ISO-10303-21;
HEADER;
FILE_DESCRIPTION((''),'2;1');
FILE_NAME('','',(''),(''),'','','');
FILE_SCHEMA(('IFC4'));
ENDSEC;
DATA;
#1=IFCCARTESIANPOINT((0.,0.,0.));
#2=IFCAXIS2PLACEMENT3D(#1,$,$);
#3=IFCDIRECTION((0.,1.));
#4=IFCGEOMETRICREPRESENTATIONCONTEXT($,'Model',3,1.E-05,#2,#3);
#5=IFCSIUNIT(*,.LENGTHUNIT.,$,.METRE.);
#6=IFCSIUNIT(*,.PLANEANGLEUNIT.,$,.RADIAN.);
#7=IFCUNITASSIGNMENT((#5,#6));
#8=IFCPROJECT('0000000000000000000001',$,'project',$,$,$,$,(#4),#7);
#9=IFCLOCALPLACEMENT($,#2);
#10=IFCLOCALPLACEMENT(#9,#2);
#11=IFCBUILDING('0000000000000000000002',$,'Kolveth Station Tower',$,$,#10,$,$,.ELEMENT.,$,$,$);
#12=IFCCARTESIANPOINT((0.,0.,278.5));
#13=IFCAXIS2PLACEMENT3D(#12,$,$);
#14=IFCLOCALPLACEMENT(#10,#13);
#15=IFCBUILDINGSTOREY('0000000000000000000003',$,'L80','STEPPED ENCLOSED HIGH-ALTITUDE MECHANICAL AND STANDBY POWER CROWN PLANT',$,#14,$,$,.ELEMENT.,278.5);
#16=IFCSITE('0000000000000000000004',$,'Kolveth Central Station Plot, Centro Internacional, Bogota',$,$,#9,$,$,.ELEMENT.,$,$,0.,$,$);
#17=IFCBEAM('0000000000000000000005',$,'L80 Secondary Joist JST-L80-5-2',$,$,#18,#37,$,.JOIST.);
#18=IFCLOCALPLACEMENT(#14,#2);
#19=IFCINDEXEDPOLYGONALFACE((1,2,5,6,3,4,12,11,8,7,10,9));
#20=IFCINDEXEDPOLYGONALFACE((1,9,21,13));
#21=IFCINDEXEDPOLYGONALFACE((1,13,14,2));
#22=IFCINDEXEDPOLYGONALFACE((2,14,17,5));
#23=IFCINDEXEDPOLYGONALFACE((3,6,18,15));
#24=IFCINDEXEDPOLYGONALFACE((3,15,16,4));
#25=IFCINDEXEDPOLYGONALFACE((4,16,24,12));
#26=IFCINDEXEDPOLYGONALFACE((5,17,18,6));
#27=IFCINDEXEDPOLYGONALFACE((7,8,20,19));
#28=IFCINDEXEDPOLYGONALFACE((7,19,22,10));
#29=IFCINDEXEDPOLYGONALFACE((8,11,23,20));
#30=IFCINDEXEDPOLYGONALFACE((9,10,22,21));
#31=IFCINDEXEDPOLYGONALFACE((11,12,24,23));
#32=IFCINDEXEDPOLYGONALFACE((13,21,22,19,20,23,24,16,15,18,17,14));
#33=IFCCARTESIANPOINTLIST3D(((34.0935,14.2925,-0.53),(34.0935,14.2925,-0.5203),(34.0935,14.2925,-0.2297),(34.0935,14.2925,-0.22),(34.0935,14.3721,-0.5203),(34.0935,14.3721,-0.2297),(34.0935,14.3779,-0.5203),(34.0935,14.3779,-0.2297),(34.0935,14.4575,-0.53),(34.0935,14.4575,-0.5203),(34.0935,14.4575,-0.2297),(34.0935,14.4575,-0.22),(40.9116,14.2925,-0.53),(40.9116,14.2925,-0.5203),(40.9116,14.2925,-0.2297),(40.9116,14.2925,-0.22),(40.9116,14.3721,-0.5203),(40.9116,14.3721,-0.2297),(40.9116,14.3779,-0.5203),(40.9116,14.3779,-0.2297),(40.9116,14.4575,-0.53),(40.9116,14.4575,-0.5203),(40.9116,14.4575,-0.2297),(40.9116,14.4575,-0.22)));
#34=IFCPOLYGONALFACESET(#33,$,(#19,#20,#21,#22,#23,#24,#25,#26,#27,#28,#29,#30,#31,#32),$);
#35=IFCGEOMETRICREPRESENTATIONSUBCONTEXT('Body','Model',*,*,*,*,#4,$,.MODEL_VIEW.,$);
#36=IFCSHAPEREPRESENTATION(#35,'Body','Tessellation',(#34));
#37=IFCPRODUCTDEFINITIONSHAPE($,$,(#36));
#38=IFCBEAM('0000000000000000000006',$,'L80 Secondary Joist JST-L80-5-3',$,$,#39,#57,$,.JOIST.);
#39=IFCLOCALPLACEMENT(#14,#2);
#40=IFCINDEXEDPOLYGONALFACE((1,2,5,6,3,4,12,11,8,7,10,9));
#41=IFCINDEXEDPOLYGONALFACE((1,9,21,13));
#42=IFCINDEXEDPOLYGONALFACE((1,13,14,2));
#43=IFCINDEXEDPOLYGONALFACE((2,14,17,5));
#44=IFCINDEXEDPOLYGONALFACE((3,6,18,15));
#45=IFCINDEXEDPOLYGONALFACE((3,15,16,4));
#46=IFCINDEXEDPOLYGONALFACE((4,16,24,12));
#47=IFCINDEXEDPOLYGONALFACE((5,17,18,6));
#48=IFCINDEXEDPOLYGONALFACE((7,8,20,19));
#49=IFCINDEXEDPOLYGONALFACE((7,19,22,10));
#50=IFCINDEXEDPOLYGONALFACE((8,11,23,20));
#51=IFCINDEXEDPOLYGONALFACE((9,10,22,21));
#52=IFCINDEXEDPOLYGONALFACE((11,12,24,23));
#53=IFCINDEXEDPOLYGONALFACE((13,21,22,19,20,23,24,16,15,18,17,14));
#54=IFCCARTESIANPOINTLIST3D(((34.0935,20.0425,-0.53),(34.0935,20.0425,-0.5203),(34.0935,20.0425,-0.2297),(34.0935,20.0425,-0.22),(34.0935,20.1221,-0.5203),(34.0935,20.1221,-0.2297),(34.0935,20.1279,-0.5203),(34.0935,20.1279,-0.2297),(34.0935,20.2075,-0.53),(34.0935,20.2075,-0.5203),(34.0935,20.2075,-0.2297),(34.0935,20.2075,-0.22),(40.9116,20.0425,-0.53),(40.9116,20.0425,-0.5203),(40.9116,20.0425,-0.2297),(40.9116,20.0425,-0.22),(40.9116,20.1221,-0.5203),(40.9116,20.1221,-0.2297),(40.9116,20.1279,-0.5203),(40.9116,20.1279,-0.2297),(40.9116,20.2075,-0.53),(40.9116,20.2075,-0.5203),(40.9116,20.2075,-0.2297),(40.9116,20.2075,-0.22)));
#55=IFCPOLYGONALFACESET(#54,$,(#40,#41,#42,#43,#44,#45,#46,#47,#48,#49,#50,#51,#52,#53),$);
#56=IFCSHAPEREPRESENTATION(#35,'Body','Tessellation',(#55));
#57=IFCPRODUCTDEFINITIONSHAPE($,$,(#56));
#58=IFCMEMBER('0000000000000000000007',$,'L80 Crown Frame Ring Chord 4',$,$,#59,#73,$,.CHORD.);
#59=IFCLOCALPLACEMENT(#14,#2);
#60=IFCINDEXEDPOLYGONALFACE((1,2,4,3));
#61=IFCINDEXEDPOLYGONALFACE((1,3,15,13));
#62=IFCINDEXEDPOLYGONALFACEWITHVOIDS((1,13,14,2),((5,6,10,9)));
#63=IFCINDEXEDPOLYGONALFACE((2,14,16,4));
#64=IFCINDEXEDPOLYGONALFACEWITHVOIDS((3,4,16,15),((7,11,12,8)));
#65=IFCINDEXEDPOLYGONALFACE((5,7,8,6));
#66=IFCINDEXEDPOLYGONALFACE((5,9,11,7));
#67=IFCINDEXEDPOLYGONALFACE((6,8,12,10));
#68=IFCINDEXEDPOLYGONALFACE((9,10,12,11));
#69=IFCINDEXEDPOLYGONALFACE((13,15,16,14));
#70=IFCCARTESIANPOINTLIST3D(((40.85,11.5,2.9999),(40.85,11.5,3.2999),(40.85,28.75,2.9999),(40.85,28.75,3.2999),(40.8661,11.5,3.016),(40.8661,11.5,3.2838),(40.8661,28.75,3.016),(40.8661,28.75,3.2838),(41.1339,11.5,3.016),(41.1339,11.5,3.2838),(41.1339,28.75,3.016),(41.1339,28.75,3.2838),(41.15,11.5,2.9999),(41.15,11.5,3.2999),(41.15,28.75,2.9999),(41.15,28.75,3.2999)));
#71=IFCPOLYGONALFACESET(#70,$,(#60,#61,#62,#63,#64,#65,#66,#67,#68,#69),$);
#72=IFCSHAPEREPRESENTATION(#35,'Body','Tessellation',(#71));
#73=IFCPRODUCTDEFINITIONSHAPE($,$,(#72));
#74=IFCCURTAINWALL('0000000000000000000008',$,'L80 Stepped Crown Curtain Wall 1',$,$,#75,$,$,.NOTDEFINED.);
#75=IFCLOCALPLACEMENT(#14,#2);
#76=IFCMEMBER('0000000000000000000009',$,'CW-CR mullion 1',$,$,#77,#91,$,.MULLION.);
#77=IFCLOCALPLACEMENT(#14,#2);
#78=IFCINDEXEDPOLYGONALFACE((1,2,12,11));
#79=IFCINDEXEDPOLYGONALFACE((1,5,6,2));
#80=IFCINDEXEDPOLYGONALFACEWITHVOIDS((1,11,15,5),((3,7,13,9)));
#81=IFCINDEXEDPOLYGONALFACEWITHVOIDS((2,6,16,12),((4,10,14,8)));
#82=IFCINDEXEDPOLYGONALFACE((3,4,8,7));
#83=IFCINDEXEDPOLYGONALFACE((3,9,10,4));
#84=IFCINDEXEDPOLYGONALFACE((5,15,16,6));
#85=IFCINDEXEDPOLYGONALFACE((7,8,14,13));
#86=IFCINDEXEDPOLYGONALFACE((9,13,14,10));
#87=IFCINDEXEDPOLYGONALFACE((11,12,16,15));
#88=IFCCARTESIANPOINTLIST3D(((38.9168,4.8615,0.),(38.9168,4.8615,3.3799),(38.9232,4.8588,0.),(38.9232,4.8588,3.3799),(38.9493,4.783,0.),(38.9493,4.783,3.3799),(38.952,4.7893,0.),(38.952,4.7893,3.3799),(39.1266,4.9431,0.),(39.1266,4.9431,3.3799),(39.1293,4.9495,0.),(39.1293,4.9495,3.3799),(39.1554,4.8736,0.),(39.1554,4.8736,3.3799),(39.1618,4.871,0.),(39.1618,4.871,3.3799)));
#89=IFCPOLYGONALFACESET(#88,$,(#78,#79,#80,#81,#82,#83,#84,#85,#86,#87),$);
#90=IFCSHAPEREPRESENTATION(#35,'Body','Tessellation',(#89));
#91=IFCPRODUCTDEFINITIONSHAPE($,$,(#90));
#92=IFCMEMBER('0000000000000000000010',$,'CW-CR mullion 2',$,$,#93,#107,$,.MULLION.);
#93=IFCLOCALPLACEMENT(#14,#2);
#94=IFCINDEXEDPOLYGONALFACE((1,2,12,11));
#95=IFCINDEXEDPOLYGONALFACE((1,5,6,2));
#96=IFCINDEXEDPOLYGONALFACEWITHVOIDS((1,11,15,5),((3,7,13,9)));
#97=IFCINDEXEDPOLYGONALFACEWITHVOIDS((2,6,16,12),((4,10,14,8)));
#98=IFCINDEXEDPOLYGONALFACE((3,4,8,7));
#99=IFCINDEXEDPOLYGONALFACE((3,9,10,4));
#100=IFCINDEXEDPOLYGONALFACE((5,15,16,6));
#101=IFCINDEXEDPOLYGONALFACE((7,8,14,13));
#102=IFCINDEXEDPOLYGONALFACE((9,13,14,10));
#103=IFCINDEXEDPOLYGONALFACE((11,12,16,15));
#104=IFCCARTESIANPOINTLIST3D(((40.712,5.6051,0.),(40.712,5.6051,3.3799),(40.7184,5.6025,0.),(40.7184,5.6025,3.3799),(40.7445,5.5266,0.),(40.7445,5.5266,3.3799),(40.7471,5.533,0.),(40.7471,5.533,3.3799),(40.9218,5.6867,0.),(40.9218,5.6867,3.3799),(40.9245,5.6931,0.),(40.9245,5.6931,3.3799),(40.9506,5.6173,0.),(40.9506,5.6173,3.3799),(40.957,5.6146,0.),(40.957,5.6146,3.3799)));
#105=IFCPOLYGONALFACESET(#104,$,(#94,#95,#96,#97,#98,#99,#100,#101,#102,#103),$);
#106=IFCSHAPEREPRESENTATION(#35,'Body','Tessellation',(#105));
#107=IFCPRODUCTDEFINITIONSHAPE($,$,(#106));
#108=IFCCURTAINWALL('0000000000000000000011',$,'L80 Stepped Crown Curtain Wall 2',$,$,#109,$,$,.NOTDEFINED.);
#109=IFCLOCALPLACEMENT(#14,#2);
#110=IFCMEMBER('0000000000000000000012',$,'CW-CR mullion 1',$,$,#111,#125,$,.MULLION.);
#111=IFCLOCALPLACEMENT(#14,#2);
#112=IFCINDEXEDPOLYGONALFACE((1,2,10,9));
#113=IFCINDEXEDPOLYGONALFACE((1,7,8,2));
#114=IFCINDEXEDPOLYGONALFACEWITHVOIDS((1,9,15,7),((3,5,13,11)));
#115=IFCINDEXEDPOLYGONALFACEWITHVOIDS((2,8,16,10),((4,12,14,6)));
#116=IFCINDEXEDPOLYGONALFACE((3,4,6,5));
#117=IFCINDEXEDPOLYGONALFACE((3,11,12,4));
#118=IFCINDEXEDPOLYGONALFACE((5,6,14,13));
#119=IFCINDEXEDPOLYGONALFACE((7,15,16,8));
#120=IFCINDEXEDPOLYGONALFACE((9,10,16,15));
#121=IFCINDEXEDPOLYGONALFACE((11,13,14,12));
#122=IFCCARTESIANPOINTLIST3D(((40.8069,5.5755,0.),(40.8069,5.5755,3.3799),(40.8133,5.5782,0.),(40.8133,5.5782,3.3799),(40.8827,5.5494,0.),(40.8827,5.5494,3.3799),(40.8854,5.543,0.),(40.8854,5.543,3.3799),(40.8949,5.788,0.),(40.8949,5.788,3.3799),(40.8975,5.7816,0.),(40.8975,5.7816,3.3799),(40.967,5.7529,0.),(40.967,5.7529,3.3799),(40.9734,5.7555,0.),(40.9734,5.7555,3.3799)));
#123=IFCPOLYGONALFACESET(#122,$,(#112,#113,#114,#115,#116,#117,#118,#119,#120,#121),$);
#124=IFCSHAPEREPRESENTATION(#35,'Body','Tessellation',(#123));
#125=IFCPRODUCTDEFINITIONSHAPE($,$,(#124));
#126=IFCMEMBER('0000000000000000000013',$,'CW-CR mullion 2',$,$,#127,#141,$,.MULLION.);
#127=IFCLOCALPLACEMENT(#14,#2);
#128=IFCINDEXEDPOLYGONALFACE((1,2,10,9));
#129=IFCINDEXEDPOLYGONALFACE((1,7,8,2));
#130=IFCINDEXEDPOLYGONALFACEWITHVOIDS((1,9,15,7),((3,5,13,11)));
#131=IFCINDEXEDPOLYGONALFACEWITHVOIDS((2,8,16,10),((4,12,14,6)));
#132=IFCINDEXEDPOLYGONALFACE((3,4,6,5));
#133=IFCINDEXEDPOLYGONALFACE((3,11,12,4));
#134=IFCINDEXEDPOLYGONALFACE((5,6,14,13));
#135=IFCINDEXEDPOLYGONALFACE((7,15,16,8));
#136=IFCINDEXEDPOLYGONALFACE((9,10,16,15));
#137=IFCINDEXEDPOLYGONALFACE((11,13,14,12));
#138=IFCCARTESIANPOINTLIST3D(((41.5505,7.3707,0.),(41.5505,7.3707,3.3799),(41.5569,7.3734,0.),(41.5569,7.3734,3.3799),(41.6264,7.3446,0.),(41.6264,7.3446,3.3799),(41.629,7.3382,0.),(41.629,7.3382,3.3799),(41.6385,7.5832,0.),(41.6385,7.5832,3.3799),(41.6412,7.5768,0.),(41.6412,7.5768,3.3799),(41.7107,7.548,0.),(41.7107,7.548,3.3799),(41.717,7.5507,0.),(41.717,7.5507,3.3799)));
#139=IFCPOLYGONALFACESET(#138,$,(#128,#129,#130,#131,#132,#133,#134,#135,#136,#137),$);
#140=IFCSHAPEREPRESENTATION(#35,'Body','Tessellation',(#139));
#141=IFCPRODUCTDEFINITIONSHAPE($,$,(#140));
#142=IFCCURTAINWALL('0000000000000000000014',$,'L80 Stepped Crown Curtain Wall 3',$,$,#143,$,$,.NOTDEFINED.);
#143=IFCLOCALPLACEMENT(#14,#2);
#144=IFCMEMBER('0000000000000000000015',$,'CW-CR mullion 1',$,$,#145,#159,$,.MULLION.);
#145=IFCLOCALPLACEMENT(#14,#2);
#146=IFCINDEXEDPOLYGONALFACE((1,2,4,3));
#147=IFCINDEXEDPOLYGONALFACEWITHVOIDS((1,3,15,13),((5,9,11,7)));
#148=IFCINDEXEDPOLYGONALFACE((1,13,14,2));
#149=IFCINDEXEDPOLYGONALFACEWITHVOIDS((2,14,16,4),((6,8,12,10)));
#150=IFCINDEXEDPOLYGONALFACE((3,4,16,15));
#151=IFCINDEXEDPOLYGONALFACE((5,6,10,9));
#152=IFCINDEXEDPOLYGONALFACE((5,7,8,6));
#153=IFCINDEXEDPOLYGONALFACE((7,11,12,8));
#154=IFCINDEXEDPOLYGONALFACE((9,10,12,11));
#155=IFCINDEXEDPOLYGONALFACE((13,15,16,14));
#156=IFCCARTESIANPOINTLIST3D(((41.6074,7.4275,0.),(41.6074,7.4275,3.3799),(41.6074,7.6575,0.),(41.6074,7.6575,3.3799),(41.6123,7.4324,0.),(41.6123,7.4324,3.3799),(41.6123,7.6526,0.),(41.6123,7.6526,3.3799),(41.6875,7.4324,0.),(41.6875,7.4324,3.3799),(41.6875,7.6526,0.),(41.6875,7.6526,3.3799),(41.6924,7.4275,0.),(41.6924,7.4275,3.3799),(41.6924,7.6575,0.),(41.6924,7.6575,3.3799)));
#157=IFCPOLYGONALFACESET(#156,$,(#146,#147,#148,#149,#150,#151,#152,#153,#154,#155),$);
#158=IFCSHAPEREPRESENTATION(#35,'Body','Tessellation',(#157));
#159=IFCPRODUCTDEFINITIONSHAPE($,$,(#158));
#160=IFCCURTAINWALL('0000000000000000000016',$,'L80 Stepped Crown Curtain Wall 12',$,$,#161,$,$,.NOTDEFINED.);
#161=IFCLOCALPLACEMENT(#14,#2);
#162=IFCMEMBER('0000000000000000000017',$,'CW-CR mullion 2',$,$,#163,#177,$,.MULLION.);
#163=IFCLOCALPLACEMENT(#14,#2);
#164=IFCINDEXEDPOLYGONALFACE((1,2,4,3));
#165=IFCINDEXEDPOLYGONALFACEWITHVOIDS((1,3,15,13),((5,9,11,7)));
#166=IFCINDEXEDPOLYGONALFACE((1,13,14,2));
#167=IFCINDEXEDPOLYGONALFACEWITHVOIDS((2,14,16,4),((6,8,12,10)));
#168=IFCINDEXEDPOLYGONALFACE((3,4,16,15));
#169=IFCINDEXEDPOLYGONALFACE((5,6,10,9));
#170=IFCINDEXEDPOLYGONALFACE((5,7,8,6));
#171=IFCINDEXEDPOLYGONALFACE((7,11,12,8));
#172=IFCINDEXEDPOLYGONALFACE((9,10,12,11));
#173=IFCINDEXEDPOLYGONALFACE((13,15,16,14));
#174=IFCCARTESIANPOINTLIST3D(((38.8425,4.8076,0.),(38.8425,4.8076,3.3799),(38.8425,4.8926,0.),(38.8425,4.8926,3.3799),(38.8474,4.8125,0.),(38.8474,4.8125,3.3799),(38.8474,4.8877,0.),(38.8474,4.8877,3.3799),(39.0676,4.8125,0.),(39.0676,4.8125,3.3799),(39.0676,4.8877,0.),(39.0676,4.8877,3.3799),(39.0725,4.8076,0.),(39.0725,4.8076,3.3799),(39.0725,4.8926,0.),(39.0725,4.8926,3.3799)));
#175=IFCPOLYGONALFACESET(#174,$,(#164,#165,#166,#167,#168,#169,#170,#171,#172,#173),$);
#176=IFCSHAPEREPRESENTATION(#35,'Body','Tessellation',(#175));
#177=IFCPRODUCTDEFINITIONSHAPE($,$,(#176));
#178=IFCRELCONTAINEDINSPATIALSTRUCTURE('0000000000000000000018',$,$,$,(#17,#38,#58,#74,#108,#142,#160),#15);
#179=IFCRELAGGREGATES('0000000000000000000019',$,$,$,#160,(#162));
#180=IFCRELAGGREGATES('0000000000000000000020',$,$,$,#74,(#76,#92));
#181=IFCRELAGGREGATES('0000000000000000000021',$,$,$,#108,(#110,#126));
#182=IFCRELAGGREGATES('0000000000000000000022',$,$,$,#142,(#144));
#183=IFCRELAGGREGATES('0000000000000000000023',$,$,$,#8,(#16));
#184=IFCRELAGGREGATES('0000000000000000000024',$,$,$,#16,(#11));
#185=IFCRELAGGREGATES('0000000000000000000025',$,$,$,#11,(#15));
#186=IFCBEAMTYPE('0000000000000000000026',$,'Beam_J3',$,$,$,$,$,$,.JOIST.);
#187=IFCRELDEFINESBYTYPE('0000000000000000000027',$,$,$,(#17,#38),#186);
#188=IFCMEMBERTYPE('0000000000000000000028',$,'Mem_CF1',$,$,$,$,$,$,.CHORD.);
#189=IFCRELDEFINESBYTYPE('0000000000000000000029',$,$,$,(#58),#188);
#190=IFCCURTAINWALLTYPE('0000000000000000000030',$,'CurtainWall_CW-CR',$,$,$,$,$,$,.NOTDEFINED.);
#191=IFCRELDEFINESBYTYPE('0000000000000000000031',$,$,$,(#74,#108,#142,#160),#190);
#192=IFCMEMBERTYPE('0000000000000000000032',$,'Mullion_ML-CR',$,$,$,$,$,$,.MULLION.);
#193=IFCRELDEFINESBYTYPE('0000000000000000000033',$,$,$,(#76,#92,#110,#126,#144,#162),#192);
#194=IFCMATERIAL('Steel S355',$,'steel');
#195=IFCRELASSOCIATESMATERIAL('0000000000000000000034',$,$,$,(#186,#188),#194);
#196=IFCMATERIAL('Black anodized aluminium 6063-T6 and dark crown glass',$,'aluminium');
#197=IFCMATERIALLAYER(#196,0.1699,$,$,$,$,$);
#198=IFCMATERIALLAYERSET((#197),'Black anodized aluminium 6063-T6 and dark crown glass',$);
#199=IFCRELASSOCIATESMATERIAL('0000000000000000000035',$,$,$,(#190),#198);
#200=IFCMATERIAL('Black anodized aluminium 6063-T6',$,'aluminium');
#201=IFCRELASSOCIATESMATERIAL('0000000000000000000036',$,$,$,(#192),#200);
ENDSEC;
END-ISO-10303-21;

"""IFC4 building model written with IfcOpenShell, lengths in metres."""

from ifc_helpers import new_model, si_unit, direction, frame, origin, origin_2d, place, context, subcontext, project, spatial, hollow_rectangle, i_section, extrude, source, transform, mapped, material, layer, layer_set, material_profile, profile_set, type_object, element, aggregate, save


model = new_model("IFC4")

# Units and contexts
model_context = context("Model", 3, precision=1e-05, world=origin(), true_north=direction((0.0, 1.0)))
body_context = subcontext(model_context, "Body", "Model", "MODEL_VIEW")
ifc_project = project(units=[si_unit("LENGTHUNIT", "METRE"), si_unit("PLANEANGLEUNIT", "RADIAN")], contexts=[model_context])

# Site, building, storey
site_placement = place(None, origin())
site = spatial("IfcSite", under=ifc_project, at=site_placement, Name="Kolveth Central Station Plot, Centro Internacional, Bogota", CompositionType="ELEMENT", RefElevation=0.0)
building_placement = place(site_placement, origin())
building = spatial("IfcBuilding", under=site, at=building_placement, Name="Kolveth Station Tower", CompositionType="ELEMENT")
storey_placement = place(building_placement, frame((0.0, 0.0, 278.5)))
storey = spatial("IfcBuildingStorey", under=building, at=storey_placement, Name="L80", Description="STEPPED ENCLOSED HIGH-ALTITUDE MECHANICAL AND STANDBY POWER CROWN PLANT", CompositionType="ELEMENT", Elevation=278.5)

# Shared definitions
ifc_material_1 = material(Name="Steel S355", Category="steel")

# Beams
ifc_material_profile_1 = material_profile(ifc_material_1, i_section(OverallWidth=0.165, OverallDepth=0.3101, WebThickness=0.0059, FlangeThickness=0.0098, at=origin_2d()), Name="W310x39")
ifc_profile_set_1 = profile_set([ifc_material_profile_1], Name="Steel S355")
beam_type_1 = type_object("IfcBeamType", Name="Beam_J3", PredefinedType="JOIST", material=ifc_profile_set_1)
shared_shape_1 = source(origin(), body_context, "Body", "SweptSolid", [
    extrude(i_section(OverallWidth=0.165, OverallDepth=0.3101, WebThickness=0.0059, FlangeThickness=0.0098, at=origin_2d()), origin(), (0.0, 0.0, 1.0), 6.8181),
])
for number, where, z_axis, x_axis, name in (
    (1, (34.0935, 14.375, -0.375), (1.0, 0.0, 0.0), (0.0, 1.0, 0.0), "L80 Secondary Joist JST-L80-5-2"),
    (2, (34.0935, 20.125, -0.375), (1.0, 0.0, 0.0), (0.0, 1.0, 0.0), "L80 Secondary Joist JST-L80-5-3"),
):
    element("IfcBeam", number, at=place(storey_placement, frame(where, z_axis=z_axis, x_axis=x_axis)), inside=storey, type_object=beam_type_1, Name=name, PredefinedType="JOIST", context=body_context, shape_type="MappedRepresentation", body=[
        mapped(shared_shape_1, transform((0.0, 0.0, 0.0), x_axis=(1.0, 0.0, 0.0), y_axis=(0.0, 1.0, 0.0), z_axis=(0.0, 0.0, 1.0), scale=1.0)),
    ])

# Member
ifc_material_profile_2 = material_profile(ifc_material_1, hollow_rectangle(XDim=0.3, YDim=0.3, WallThickness=0.0161, at=origin_2d()), Name="CROWN-HSS300x300x16")
ifc_profile_set_2 = profile_set([ifc_material_profile_2], Name="Steel S355")
member_type_1 = type_object("IfcMemberType", Name="Mem_CF1", PredefinedType="CHORD", material=ifc_profile_set_2)
shared_shape_2 = source(origin(), body_context, "Body", "SweptSolid", [
    extrude(hollow_rectangle(XDim=0.3, YDim=0.3, WallThickness=0.0161, at=origin_2d()), origin(), (0.0, 0.0, 1.0), 17.25),
])
member_1_placement = place(storey_placement, frame((41.0, 11.5, 3.1499), z_axis=(0.0, 1.0, 0.0), x_axis=(-1.0, 0.0, 0.0)))
element("IfcMember", 3, at=member_1_placement, inside=storey, type_object=member_type_1, Name="L80 Crown Frame Ring Chord 4", PredefinedType="CHORD", context=body_context, shape_type="MappedRepresentation", body=[
    mapped(shared_shape_2, transform((0.0, 0.0, 0.0), x_axis=(1.0, 0.0, 0.0), y_axis=(0.0, 1.0, 0.0), z_axis=(0.0, 0.0, 1.0), scale=1.0)),
])

# Curtain walls, members
ifc_material_2 = material(Name="Black anodized aluminium 6063-T6 and dark crown glass", Category="aluminium")
ifc_layer_1 = layer(ifc_material_2, 0.1699)
ifc_layer_set_1 = layer_set([ifc_layer_1], Name="Black anodized aluminium 6063-T6 and dark crown glass")
curtain_wall_type = type_object("IfcCurtainWallType", Name="CurtainWall_CW-CR", PredefinedType="NOTDEFINED", material=ifc_layer_set_1)
curtain_wall_1_placement = place(storey_placement, origin())
curtain_wall_1 = element("IfcCurtainWall", 4, at=curtain_wall_1_placement, inside=storey, type_object=curtain_wall_type, Name="L80 Stepped Crown Curtain Wall 1", PredefinedType="NOTDEFINED")
ifc_material_3 = material(Name="Black anodized aluminium 6063-T6", Category="aluminium")
ifc_material_profile_3 = material_profile(ifc_material_3, hollow_rectangle(XDim=0.085, YDim=0.23, WallThickness=0.0049, at=origin_2d()), Name="ALU-85x230x5")
ifc_profile_set_3 = profile_set([ifc_material_profile_3], Name="Black anodized aluminium 6063-T6")
member_type_2 = type_object("IfcMemberType", Name="Mullion_ML-CR", PredefinedType="MULLION", material=ifc_profile_set_3)
shared_shape_3 = source(origin(), body_context, "Body", "SweptSolid", [
    extrude(hollow_rectangle(XDim=0.085, YDim=0.23, WallThickness=0.0049, at=origin_2d()), origin(), (0.0, 0.0, 1.0), 3.3799),
])
member_2_placement = place(storey_placement, frame((39.0393, 4.8662, 0.0), z_axis=(0.0, 0.0, 1.0), x_axis=(-0.382703, 0.923871, 0.0)))
member_2 = element("IfcMember", 5, at=member_2_placement, type_object=member_type_2, Name="CW-CR mullion 1", PredefinedType="MULLION", context=body_context, shape_type="MappedRepresentation", body=[
    mapped(shared_shape_3, transform((0.0, 0.0, 0.0), x_axis=(1.0, 0.0, 0.0), y_axis=(0.0, 1.0, 0.0), z_axis=(0.0, 0.0, 1.0), scale=1.0)),
])
member_3_placement = place(storey_placement, frame((40.8345, 5.6099, 0.0), z_axis=(0.0, 0.0, 1.0), x_axis=(-0.382703, 0.923871, 0.0)))
member_3 = element("IfcMember", 6, at=member_3_placement, type_object=member_type_2, Name="CW-CR mullion 2", PredefinedType="MULLION", context=body_context, shape_type="MappedRepresentation", body=[
    mapped(shared_shape_3, transform((0.0, 0.0, 0.0), x_axis=(1.0, 0.0, 0.0), y_axis=(0.0, 1.0, 0.0), z_axis=(0.0, 0.0, 1.0), scale=1.0)),
])
curtain_wall_2_placement = place(storey_placement, origin())
curtain_wall_2 = element("IfcCurtainWall", 7, at=curtain_wall_2_placement, inside=storey, type_object=curtain_wall_type, Name="L80 Stepped Crown Curtain Wall 2", PredefinedType="NOTDEFINED")
member_4_placement = place(storey_placement, frame((40.8901, 5.6655, 0.0), z_axis=(0.0, 0.0, 1.0), x_axis=(-0.923871, 0.382703, 0.0)))
member_4 = element("IfcMember", 8, at=member_4_placement, type_object=member_type_2, Name="CW-CR mullion 1", PredefinedType="MULLION", context=body_context, shape_type="MappedRepresentation", body=[
    mapped(shared_shape_3, transform((0.0, 0.0, 0.0), x_axis=(1.0, 0.0, 0.0), y_axis=(0.0, 1.0, 0.0), z_axis=(0.0, 0.0, 1.0), scale=1.0)),
])
member_5_placement = place(storey_placement, frame((41.6338, 7.4607, 0.0), z_axis=(0.0, 0.0, 1.0), x_axis=(-0.923871, 0.382703, 0.0)))
member_5 = element("IfcMember", 9, at=member_5_placement, type_object=member_type_2, Name="CW-CR mullion 2", PredefinedType="MULLION", context=body_context, shape_type="MappedRepresentation", body=[
    mapped(shared_shape_3, transform((0.0, 0.0, 0.0), x_axis=(1.0, 0.0, 0.0), y_axis=(0.0, 1.0, 0.0), z_axis=(0.0, 0.0, 1.0), scale=1.0)),
])

# Curtain walls, members
curtain_wall_3_placement = place(storey_placement, origin())
curtain_wall_3 = element("IfcCurtainWall", 10, at=curtain_wall_3_placement, inside=storey, type_object=curtain_wall_type, Name="L80 Stepped Crown Curtain Wall 3", PredefinedType="NOTDEFINED")
member_6_placement = place(storey_placement, frame((41.6499, 7.5425, 0.0), z_axis=(0.0, 0.0, 1.0), x_axis=(-1.0, 0.0, 0.0)))
member_6 = element("IfcMember", 11, at=member_6_placement, type_object=member_type_2, Name="CW-CR mullion 1", PredefinedType="MULLION", context=body_context, shape_type="MappedRepresentation", body=[
    mapped(shared_shape_3, transform((0.0, 0.0, 0.0), x_axis=(1.0, 0.0, 0.0), y_axis=(0.0, 1.0, 0.0), z_axis=(0.0, 0.0, 1.0), scale=1.0)),
])
curtain_wall_4_placement = place(storey_placement, origin())
curtain_wall_4 = element("IfcCurtainWall", 12, at=curtain_wall_4_placement, inside=storey, type_object=curtain_wall_type, Name="L80 Stepped Crown Curtain Wall 12", PredefinedType="NOTDEFINED")
member_7_placement = place(storey_placement, frame((38.9575, 4.8501, 0.0), z_axis=(0.0, 0.0, 1.0), x_axis=(0.0, 1.0, 0.0)))
member_7 = element("IfcMember", 13, at=member_7_placement, type_object=member_type_2, Name="CW-CR mullion 2", PredefinedType="MULLION", context=body_context, shape_type="MappedRepresentation", body=[
    mapped(shared_shape_3, transform((0.0, 0.0, 0.0), x_axis=(1.0, 0.0, 0.0), y_axis=(0.0, 1.0, 0.0), z_axis=(0.0, 0.0, 1.0), scale=1.0)),
])
aggregate(curtain_wall_4, [member_7])

aggregate(curtain_wall_1, [member_2, member_3])
aggregate(curtain_wall_2, [member_4, member_5])
aggregate(curtain_wall_3, [member_6])

save(model, "model.ifc")
